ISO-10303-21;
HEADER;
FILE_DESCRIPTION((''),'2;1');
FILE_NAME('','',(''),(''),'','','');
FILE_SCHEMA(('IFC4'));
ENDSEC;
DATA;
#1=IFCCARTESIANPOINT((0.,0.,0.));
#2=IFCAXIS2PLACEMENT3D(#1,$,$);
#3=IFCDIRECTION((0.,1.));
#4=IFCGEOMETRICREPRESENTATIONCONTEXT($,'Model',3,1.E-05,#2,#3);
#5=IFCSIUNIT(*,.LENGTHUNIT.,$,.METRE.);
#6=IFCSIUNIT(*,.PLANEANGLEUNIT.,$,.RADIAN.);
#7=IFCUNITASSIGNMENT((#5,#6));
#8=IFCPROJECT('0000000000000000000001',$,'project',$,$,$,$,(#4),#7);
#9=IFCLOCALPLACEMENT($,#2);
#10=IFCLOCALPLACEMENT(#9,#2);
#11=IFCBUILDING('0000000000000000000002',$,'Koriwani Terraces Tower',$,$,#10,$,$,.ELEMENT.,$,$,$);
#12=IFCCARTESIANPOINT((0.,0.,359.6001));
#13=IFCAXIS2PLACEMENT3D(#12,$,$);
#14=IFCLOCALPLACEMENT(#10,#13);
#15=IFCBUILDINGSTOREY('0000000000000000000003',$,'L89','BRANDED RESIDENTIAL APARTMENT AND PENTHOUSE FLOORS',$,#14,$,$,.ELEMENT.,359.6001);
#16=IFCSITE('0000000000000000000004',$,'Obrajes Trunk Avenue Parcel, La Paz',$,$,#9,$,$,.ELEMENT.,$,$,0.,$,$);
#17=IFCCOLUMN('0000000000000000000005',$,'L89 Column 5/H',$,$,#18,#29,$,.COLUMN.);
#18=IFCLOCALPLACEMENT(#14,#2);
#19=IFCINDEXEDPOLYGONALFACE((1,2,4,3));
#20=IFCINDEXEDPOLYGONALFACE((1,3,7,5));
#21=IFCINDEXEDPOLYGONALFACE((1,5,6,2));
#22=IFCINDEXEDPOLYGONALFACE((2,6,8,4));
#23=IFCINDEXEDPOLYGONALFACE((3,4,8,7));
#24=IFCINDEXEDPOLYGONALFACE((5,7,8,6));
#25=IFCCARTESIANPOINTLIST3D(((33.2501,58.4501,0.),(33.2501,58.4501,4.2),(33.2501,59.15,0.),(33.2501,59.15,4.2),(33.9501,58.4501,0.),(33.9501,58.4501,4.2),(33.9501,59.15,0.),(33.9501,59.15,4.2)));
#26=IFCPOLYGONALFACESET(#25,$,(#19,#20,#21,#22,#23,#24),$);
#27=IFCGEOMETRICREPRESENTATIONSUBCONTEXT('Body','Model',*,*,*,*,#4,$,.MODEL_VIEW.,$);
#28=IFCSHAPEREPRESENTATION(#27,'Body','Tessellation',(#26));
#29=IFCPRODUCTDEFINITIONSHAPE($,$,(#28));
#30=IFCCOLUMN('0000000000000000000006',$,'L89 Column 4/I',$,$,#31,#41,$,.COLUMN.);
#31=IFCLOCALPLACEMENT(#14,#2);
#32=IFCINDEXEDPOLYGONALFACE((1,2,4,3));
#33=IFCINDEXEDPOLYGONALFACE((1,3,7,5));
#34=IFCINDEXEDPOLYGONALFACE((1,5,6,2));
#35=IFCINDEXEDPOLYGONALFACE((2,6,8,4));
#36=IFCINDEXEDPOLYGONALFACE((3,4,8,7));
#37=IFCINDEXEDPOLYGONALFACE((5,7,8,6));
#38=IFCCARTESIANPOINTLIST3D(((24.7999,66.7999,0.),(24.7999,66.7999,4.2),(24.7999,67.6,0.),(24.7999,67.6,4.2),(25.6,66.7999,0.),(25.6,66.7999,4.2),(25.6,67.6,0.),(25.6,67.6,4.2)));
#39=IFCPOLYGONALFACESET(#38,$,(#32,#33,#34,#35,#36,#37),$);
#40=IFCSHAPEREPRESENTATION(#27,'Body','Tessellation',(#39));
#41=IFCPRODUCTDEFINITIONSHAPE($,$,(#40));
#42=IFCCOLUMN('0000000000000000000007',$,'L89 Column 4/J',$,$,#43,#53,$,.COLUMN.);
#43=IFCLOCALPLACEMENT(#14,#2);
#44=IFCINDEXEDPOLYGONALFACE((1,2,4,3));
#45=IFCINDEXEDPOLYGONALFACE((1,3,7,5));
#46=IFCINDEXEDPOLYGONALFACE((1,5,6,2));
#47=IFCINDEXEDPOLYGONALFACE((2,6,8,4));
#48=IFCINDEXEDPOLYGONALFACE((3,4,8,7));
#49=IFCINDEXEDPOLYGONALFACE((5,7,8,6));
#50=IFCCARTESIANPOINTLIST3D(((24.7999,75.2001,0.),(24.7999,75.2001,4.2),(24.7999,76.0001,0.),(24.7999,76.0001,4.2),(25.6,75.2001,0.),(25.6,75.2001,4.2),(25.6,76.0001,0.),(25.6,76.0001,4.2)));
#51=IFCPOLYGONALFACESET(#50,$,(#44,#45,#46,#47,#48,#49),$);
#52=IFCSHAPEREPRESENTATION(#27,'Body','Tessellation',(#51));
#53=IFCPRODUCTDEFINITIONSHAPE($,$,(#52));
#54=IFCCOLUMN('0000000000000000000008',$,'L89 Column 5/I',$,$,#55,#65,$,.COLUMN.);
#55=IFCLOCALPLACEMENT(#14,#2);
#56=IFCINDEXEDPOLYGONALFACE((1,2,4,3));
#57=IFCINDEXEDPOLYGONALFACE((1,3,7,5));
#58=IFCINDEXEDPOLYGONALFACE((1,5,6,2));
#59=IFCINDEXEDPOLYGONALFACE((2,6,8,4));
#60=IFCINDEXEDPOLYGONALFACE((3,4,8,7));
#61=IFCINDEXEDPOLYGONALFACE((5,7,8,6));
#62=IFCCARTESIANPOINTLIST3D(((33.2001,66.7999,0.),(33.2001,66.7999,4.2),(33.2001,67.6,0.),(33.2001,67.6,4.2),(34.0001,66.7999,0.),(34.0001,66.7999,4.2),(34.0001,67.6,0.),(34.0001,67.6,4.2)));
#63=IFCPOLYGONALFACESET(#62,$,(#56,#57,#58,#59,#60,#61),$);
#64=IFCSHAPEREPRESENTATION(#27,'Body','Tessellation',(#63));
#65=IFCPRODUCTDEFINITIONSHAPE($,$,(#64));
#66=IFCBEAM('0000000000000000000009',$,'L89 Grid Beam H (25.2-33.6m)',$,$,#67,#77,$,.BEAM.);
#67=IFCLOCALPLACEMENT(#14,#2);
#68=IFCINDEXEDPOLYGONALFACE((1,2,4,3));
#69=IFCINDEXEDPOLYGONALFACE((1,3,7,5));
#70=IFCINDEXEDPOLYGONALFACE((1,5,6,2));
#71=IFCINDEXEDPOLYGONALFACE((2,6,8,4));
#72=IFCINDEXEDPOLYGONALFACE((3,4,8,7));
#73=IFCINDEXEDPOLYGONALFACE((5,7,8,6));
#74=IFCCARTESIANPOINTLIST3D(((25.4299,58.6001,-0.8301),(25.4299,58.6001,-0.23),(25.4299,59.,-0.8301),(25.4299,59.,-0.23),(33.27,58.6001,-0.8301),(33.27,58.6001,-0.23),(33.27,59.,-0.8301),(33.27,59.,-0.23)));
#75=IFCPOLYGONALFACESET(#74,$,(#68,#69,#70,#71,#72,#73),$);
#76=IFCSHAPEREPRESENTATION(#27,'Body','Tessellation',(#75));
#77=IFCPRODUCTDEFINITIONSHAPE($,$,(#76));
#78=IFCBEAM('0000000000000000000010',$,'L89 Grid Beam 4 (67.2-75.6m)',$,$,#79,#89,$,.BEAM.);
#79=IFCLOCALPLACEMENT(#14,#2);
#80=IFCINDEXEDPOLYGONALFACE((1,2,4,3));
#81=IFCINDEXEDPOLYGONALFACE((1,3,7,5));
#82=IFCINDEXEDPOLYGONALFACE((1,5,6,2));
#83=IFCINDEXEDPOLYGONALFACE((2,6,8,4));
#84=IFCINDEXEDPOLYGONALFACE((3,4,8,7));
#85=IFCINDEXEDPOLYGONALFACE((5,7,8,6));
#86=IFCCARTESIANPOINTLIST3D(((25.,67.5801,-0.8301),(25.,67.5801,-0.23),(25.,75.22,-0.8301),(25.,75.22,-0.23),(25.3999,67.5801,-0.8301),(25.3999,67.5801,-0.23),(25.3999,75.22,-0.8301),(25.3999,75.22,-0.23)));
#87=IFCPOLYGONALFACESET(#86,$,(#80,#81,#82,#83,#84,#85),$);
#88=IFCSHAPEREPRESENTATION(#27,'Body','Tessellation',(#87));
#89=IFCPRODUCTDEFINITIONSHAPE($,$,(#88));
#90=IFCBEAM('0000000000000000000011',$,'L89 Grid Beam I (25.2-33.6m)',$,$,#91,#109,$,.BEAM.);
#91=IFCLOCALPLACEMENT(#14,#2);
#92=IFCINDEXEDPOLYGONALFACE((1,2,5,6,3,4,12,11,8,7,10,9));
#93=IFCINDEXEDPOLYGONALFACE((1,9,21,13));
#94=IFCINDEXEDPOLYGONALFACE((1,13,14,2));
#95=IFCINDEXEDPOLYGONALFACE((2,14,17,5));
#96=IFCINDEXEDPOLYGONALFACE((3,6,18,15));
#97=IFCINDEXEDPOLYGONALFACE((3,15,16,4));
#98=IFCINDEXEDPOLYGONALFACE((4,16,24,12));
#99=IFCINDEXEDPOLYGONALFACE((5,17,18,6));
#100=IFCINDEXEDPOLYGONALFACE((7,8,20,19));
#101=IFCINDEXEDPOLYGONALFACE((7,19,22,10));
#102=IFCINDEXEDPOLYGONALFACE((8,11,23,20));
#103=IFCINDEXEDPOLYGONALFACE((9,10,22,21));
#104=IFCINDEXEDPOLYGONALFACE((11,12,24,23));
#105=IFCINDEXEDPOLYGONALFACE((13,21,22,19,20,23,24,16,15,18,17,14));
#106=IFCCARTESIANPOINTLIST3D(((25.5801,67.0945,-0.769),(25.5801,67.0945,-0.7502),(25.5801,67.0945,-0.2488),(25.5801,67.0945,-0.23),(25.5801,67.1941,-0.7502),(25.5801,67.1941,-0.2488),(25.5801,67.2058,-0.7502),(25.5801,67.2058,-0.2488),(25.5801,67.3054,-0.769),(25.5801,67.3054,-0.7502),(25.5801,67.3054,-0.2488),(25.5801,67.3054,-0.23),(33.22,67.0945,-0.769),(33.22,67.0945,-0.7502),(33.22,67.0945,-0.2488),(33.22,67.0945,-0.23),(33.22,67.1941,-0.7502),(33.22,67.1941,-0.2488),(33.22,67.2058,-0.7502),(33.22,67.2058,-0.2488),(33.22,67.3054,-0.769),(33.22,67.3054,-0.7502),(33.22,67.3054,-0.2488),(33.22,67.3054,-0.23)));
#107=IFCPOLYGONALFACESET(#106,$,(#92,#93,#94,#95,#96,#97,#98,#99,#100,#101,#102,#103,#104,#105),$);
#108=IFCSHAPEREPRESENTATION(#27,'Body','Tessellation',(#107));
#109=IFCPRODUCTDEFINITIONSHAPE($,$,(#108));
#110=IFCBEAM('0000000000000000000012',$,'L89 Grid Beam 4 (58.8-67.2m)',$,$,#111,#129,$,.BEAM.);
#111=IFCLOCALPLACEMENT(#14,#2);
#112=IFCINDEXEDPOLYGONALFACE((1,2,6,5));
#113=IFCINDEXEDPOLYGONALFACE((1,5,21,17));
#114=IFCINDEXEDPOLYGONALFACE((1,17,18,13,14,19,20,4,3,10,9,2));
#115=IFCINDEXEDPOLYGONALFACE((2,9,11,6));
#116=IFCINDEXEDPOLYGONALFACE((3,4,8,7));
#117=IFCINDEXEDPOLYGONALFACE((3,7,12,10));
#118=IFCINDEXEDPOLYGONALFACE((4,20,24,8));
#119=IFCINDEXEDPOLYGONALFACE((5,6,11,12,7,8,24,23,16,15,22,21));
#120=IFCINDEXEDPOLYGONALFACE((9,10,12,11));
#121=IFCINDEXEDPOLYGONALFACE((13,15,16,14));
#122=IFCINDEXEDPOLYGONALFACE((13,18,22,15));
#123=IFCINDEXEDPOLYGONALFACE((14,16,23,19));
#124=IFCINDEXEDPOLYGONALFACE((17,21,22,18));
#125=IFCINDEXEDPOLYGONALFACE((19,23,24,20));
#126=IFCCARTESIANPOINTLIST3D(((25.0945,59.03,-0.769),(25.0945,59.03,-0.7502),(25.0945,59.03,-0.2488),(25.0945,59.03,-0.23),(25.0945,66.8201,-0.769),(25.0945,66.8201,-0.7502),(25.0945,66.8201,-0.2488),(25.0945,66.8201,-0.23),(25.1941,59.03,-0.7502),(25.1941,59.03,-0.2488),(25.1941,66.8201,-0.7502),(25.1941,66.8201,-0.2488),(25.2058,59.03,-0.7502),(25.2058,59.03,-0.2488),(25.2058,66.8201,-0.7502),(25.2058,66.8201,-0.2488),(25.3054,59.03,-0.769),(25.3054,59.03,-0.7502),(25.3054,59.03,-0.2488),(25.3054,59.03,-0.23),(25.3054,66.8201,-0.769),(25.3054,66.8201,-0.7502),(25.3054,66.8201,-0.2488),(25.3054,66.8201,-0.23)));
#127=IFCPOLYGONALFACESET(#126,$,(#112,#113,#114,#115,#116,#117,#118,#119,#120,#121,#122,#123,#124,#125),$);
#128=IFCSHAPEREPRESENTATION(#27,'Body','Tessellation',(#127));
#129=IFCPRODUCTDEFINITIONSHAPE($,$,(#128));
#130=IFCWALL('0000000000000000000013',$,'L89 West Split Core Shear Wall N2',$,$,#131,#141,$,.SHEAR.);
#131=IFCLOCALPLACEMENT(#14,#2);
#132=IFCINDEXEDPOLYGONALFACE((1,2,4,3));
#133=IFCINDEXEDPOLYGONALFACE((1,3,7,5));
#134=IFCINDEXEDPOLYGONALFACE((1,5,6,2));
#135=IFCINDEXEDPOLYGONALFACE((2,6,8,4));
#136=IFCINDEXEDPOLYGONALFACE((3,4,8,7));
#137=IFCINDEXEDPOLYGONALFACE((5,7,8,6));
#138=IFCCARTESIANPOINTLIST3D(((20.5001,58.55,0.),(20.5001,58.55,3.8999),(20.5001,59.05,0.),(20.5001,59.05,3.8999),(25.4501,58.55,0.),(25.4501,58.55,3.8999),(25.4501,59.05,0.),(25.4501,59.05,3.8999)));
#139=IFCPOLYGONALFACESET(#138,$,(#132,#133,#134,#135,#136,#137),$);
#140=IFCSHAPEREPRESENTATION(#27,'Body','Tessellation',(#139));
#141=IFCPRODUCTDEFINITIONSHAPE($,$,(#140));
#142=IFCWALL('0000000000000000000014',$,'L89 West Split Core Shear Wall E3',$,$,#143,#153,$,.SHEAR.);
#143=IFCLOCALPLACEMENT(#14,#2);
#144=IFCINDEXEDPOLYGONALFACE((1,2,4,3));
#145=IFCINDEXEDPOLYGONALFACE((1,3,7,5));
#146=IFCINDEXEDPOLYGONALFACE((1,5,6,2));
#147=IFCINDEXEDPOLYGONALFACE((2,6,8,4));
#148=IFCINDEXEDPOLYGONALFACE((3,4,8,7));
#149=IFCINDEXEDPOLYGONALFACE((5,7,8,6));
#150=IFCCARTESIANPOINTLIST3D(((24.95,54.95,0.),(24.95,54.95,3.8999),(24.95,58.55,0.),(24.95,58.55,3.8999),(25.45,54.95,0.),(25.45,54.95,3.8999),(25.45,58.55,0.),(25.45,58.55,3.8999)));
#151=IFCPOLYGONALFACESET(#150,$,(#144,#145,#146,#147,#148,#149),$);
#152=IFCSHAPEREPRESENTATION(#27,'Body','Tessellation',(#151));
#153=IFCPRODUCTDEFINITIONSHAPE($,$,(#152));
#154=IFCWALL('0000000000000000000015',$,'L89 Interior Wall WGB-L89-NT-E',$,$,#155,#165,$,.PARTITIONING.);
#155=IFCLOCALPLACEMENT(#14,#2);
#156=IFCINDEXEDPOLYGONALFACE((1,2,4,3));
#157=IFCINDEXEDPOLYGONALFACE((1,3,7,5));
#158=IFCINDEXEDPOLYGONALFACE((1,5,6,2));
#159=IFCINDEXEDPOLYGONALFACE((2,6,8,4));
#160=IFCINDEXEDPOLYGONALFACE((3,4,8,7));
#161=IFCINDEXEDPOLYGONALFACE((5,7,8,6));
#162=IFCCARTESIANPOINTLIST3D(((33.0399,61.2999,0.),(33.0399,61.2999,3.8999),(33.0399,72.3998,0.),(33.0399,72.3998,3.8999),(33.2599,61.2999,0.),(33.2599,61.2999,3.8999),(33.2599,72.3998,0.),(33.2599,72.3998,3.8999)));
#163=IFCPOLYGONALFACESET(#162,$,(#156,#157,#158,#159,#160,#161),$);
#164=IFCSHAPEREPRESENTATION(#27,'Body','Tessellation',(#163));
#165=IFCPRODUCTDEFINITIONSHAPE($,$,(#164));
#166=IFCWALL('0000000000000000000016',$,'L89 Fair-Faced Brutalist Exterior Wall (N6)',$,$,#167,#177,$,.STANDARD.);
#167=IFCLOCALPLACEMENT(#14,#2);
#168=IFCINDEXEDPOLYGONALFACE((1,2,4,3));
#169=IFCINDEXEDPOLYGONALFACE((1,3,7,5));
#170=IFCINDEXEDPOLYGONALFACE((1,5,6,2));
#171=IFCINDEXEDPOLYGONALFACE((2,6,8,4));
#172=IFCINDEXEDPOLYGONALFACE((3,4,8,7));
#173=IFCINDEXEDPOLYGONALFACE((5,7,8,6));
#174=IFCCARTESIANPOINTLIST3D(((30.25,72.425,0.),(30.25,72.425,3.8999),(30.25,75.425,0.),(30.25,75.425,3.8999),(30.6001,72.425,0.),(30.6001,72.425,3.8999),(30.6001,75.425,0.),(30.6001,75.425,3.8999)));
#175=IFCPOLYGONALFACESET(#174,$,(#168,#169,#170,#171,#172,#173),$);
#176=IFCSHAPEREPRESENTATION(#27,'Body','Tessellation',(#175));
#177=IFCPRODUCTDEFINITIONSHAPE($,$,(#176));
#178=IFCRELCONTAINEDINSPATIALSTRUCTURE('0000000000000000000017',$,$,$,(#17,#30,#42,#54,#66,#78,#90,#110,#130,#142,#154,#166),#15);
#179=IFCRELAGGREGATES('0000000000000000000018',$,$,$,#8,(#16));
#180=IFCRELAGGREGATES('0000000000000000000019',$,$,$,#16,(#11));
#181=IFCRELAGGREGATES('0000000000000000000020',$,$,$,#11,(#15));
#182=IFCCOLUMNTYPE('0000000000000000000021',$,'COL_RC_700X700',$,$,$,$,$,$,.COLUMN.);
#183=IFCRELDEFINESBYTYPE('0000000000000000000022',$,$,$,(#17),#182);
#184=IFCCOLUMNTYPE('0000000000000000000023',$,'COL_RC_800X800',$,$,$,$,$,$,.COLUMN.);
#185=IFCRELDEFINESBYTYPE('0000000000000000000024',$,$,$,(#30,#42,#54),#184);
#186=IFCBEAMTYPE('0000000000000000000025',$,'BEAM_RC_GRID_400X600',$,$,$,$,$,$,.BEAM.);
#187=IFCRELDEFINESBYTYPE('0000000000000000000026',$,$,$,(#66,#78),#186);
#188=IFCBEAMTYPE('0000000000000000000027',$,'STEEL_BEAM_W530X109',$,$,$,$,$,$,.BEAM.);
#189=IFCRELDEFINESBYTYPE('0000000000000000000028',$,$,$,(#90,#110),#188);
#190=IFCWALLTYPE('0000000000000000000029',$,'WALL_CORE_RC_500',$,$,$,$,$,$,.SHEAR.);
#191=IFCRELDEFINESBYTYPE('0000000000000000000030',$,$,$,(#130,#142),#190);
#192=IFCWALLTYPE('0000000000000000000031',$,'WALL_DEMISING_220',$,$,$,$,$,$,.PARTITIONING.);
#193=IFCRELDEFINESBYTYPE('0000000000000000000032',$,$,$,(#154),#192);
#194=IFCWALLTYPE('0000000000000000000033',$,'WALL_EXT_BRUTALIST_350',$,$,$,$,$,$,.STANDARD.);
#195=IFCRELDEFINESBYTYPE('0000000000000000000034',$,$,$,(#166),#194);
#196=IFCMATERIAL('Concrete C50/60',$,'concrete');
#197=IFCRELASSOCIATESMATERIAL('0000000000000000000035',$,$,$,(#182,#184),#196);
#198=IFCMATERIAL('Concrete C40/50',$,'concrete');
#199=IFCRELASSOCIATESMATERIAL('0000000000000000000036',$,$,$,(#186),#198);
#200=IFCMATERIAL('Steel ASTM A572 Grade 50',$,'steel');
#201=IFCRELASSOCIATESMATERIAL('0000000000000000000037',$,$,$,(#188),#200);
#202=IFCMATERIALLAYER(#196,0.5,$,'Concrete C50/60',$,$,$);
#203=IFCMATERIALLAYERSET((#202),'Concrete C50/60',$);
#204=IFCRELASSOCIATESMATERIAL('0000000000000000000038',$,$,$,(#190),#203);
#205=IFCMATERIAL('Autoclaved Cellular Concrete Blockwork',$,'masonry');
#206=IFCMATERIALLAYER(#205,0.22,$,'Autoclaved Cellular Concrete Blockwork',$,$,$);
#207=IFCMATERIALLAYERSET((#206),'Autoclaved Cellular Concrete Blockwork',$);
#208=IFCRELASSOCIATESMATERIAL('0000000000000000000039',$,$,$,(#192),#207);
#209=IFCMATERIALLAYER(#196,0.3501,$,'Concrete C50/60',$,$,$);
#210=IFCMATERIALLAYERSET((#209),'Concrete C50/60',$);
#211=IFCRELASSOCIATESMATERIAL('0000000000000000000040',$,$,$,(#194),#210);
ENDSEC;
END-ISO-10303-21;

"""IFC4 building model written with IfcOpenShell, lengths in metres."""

from ifc_helpers import new_model, si_unit, direction, frame, frame_2d, origin, origin_2d, place, context, subcontext, project, spatial, rectangle, i_section, extrude, material, layer, layer_set, material_profile, profile_set, type_object, element, save


model = new_model("IFC4")

# Units and contexts
model_context = context("Model", 3, precision=1e-05, world=origin(), true_north=direction((0.0, 1.0)))
body_context = subcontext(model_context, "Body", "Model", "MODEL_VIEW")
ifc_project = project(units=[si_unit("LENGTHUNIT", "METRE"), si_unit("PLANEANGLEUNIT", "RADIAN")], contexts=[model_context])

# Site, building, storey
site_placement = place(None, origin())
site = spatial("IfcSite", under=ifc_project, at=site_placement, Name="Obrajes Trunk Avenue Parcel, La Paz", CompositionType="ELEMENT", RefElevation=0.0)
building_placement = place(site_placement, origin())
building = spatial("IfcBuilding", under=site, at=building_placement, Name="Koriwani Terraces Tower", CompositionType="ELEMENT")
storey_placement = place(building_placement, frame((0.0, 0.0, 359.6001)))
storey = spatial("IfcBuildingStorey", under=building, at=storey_placement, Name="L89", Description="BRANDED RESIDENTIAL APARTMENT AND PENTHOUSE FLOORS", CompositionType="ELEMENT", Elevation=359.6001)

# Columns
ifc_material_1 = material(Name="Concrete C50/60", Category="concrete")
ifc_material_profile_1 = material_profile(ifc_material_1, rectangle(XDim=0.7, YDim=0.7, at=origin_2d()), Name="Concrete C50/60", Category="LoadBearing")
ifc_profile_set_1 = profile_set([ifc_material_profile_1], Name="Concrete C50/60")
column_type_1 = type_object("IfcColumnType", Name="COL_RC_700X700", PredefinedType="COLUMN", material=ifc_profile_set_1)
column_placement = place(storey_placement, frame((33.6001, 58.8, 0.0), z_axis=(0.0, 0.0, 1.0), x_axis=(1.0, 0.0, 0.0)))
element("IfcColumn", 1, at=column_placement, inside=storey, type_object=column_type_1, Name="L89 Column 5/H", PredefinedType="COLUMN", context=body_context, shape_type="SweptSolid", body=[
    extrude(rectangle(XDim=0.7, YDim=0.7, at=origin_2d()), origin(), (0.0, 0.0, 1.0), 4.2),
])
ifc_material_profile_2 = material_profile(ifc_material_1, rectangle(XDim=0.8, YDim=0.8, at=origin_2d()), Name="Concrete C50/60", Category="LoadBearing")
ifc_profile_set_2 = profile_set([ifc_material_profile_2], Name="Concrete C50/60")
column_type_2 = type_object("IfcColumnType", Name="COL_RC_800X800", PredefinedType="COLUMN", material=ifc_profile_set_2)
for number, where, z_axis, x_axis, name in (
    (2, (25.2, 67.2, 0.0), (0.0, 0.0, 1.0), (1.0, 0.0, 0.0), "L89 Column 4/I"),
    (3, (25.2, 75.6001, 0.0), (0.0, 0.0, 1.0), (1.0, 0.0, 0.0), "L89 Column 4/J"),
    (4, (33.6001, 67.2, 0.0), (0.0, 0.0, 1.0), (1.0, 0.0, 0.0), "L89 Column 5/I"),
):
    element("IfcColumn", number, at=place(storey_placement, frame(where, z_axis=z_axis, x_axis=x_axis)), inside=storey, type_object=column_type_2, Name=name, PredefinedType="COLUMN", context=body_context, shape_type="SweptSolid", body=[
        extrude(rectangle(XDim=0.8, YDim=0.8, at=origin_2d()), origin(), (0.0, 0.0, 1.0), 4.2),
    ])

# Beams
ifc_material_2 = material(Name="Concrete C40/50", Category="concrete")
ifc_material_profile_3 = material_profile(ifc_material_2, rectangle(XDim=0.3999, YDim=0.6001, at=origin_2d()), Name="Concrete C40/50", Category="LoadBearing")
ifc_profile_set_3 = profile_set([ifc_material_profile_3], Name="Concrete C40/50")
beam_type_1 = type_object("IfcBeamType", Name="BEAM_RC_GRID_400X600", PredefinedType="BEAM", material=ifc_profile_set_3)
beam_1_placement = place(storey_placement, frame((25.4299, 58.8, -0.53), z_axis=(1.0, 0.0, 0.0), x_axis=(0.0, 1.0, 0.0)))
element("IfcBeam", 5, at=beam_1_placement, inside=storey, type_object=beam_type_1, Name="L89 Grid Beam H (25.2-33.6m)", PredefinedType="BEAM", context=body_context, shape_type="SweptSolid", body=[
    extrude(rectangle(XDim=0.3999, YDim=0.6001, at=origin_2d()), origin(), (0.0, 0.0, 1.0), 7.8401),
])
beam_2_placement = place(storey_placement, frame((25.2, 67.5801, -0.53), z_axis=(0.0, 1.0, 0.0), x_axis=(-1.0, 0.0, 0.0)))
element("IfcBeam", 6, at=beam_2_placement, inside=storey, type_object=beam_type_1, Name="L89 Grid Beam 4 (67.2-75.6m)", PredefinedType="BEAM", context=body_context, shape_type="SweptSolid", body=[
    extrude(rectangle(XDim=0.3999, YDim=0.6001, at=origin_2d()), origin(), (0.0, 0.0, 1.0), 7.6399),
])
ifc_material_3 = material(Name="Steel ASTM A572 Grade 50", Category="steel")
ifc_material_profile_4 = material_profile(ifc_material_3, i_section(OverallWidth=0.2109, OverallDepth=0.5391, WebThickness=0.0117, FlangeThickness=0.0188, at=origin_2d()), Name="Steel ASTM A572 Grade 50", Category="LoadBearing")
ifc_profile_set_4 = profile_set([ifc_material_profile_4], Name="Steel ASTM A572 Grade 50")
beam_type_2 = type_object("IfcBeamType", Name="STEEL_BEAM_W530X109", PredefinedType="BEAM", material=ifc_profile_set_4)
beam_3_placement = place(storey_placement, frame((25.5801, 67.2, -0.4995), z_axis=(1.0, 0.0, 0.0), x_axis=(0.0, 1.0, 0.0)))
element("IfcBeam", 7, at=beam_3_placement, inside=storey, type_object=beam_type_2, Name="L89 Grid Beam I (25.2-33.6m)", PredefinedType="BEAM", context=body_context, shape_type="SweptSolid", body=[
    extrude(i_section(OverallWidth=0.2109, OverallDepth=0.5391, WebThickness=0.0117, FlangeThickness=0.0188, at=origin_2d()), origin(), (0.0, 0.0, 1.0), 7.6399),
])
beam_4_placement = place(storey_placement, frame((25.2, 59.03, -0.4995), z_axis=(0.0, 1.0, 0.0), x_axis=(-1.0, 0.0, 0.0)))
element("IfcBeam", 8, at=beam_4_placement, inside=storey, type_object=beam_type_2, Name="L89 Grid Beam 4 (58.8-67.2m)", PredefinedType="BEAM", context=body_context, shape_type="SweptSolid", body=[
    extrude(i_section(OverallWidth=0.2109, OverallDepth=0.5391, WebThickness=0.0117, FlangeThickness=0.0188, at=origin_2d()), origin(), (0.0, 0.0, 1.0), 7.79),
])

# Walls
ifc_layer_1 = layer(ifc_material_1, 0.5, Name="Concrete C50/60")
ifc_layer_set_1 = layer_set([ifc_layer_1], Name="Concrete C50/60")
wall_type_1 = type_object("IfcWallType", Name="WALL_CORE_RC_500", PredefinedType="SHEAR", material=ifc_layer_set_1)
wall_1_placement = place(storey_placement, frame((20.5, 58.8, 0.0), z_axis=(0.0, 0.0, 1.0), x_axis=(1.0, 0.0, 0.0)))
element("IfcWall", 9, at=wall_1_placement, inside=storey, type_object=wall_type_1, Name="L89 West Split Core Shear Wall N2", PredefinedType="SHEAR", context=body_context, shape_type="SweptSolid", body=[
    extrude(rectangle(XDim=4.95, YDim=0.5, at=frame_2d((2.4751, 0.0))), origin(), (0.0, 0.0, 1.0), 3.8999),
])
wall_2_placement = place(storey_placement, frame((25.2, 54.95, 0.0), z_axis=(0.0, 0.0, 1.0), x_axis=(0.0, 1.0, 0.0)))
element("IfcWall", 10, at=wall_2_placement, inside=storey, type_object=wall_type_1, Name="L89 West Split Core Shear Wall E3", PredefinedType="SHEAR", context=body_context, shape_type="SweptSolid", body=[
    extrude(rectangle(XDim=3.6001, YDim=0.5, at=frame_2d((1.8, 0.0))), origin(), (0.0, 0.0, 1.0), 3.8999),
])
ifc_material_4 = material(Name="Autoclaved Cellular Concrete Blockwork", Category="masonry")
ifc_layer_2 = layer(ifc_material_4, 0.22, Name="Autoclaved Cellular Concrete Blockwork")
ifc_layer_set_2 = layer_set([ifc_layer_2], Name="Autoclaved Cellular Concrete Blockwork")
wall_type_2 = type_object("IfcWallType", Name="WALL_DEMISING_220", PredefinedType="PARTITIONING", material=ifc_layer_set_2)
wall_3_placement = place(storey_placement, frame((33.1499, 61.3, 0.0), z_axis=(0.0, 0.0, 1.0), x_axis=(0.0, 1.0, 0.0)))
element("IfcWall", 11, at=wall_3_placement, inside=storey, type_object=wall_type_2, Name="L89 Interior Wall WGB-L89-NT-E", PredefinedType="PARTITIONING", context=body_context, shape_type="SweptSolid", body=[
    extrude(rectangle(XDim=11.0999, YDim=0.22, at=frame_2d((5.5498, 0.0))), origin(), (0.0, 0.0, 1.0), 3.8999),
])
ifc_layer_3 = layer(ifc_material_1, 0.3501, Name="Concrete C50/60")
ifc_layer_set_3 = layer_set([ifc_layer_3], Name="Concrete C50/60")
wall_type_3 = type_object("IfcWallType", Name="WALL_EXT_BRUTALIST_350", PredefinedType="STANDARD", material=ifc_layer_set_3)
wall_4_placement = place(storey_placement, frame((30.425, 75.425, 0.0), z_axis=(0.0, 0.0, 1.0), x_axis=(0.0, -1.0, 0.0)))
element("IfcWall", 12, at=wall_4_placement, inside=storey, type_object=wall_type_3, Name="L89 Fair-Faced Brutalist Exterior Wall (N6)", PredefinedType="STANDARD", context=body_context, shape_type="SweptSolid", body=[
    extrude(rectangle(XDim=3.0, YDim=0.3501, at=frame_2d((1.5, 0.0))), origin(), (0.0, 0.0, 1.0), 3.8999),
])

save(model, "model.ifc")
